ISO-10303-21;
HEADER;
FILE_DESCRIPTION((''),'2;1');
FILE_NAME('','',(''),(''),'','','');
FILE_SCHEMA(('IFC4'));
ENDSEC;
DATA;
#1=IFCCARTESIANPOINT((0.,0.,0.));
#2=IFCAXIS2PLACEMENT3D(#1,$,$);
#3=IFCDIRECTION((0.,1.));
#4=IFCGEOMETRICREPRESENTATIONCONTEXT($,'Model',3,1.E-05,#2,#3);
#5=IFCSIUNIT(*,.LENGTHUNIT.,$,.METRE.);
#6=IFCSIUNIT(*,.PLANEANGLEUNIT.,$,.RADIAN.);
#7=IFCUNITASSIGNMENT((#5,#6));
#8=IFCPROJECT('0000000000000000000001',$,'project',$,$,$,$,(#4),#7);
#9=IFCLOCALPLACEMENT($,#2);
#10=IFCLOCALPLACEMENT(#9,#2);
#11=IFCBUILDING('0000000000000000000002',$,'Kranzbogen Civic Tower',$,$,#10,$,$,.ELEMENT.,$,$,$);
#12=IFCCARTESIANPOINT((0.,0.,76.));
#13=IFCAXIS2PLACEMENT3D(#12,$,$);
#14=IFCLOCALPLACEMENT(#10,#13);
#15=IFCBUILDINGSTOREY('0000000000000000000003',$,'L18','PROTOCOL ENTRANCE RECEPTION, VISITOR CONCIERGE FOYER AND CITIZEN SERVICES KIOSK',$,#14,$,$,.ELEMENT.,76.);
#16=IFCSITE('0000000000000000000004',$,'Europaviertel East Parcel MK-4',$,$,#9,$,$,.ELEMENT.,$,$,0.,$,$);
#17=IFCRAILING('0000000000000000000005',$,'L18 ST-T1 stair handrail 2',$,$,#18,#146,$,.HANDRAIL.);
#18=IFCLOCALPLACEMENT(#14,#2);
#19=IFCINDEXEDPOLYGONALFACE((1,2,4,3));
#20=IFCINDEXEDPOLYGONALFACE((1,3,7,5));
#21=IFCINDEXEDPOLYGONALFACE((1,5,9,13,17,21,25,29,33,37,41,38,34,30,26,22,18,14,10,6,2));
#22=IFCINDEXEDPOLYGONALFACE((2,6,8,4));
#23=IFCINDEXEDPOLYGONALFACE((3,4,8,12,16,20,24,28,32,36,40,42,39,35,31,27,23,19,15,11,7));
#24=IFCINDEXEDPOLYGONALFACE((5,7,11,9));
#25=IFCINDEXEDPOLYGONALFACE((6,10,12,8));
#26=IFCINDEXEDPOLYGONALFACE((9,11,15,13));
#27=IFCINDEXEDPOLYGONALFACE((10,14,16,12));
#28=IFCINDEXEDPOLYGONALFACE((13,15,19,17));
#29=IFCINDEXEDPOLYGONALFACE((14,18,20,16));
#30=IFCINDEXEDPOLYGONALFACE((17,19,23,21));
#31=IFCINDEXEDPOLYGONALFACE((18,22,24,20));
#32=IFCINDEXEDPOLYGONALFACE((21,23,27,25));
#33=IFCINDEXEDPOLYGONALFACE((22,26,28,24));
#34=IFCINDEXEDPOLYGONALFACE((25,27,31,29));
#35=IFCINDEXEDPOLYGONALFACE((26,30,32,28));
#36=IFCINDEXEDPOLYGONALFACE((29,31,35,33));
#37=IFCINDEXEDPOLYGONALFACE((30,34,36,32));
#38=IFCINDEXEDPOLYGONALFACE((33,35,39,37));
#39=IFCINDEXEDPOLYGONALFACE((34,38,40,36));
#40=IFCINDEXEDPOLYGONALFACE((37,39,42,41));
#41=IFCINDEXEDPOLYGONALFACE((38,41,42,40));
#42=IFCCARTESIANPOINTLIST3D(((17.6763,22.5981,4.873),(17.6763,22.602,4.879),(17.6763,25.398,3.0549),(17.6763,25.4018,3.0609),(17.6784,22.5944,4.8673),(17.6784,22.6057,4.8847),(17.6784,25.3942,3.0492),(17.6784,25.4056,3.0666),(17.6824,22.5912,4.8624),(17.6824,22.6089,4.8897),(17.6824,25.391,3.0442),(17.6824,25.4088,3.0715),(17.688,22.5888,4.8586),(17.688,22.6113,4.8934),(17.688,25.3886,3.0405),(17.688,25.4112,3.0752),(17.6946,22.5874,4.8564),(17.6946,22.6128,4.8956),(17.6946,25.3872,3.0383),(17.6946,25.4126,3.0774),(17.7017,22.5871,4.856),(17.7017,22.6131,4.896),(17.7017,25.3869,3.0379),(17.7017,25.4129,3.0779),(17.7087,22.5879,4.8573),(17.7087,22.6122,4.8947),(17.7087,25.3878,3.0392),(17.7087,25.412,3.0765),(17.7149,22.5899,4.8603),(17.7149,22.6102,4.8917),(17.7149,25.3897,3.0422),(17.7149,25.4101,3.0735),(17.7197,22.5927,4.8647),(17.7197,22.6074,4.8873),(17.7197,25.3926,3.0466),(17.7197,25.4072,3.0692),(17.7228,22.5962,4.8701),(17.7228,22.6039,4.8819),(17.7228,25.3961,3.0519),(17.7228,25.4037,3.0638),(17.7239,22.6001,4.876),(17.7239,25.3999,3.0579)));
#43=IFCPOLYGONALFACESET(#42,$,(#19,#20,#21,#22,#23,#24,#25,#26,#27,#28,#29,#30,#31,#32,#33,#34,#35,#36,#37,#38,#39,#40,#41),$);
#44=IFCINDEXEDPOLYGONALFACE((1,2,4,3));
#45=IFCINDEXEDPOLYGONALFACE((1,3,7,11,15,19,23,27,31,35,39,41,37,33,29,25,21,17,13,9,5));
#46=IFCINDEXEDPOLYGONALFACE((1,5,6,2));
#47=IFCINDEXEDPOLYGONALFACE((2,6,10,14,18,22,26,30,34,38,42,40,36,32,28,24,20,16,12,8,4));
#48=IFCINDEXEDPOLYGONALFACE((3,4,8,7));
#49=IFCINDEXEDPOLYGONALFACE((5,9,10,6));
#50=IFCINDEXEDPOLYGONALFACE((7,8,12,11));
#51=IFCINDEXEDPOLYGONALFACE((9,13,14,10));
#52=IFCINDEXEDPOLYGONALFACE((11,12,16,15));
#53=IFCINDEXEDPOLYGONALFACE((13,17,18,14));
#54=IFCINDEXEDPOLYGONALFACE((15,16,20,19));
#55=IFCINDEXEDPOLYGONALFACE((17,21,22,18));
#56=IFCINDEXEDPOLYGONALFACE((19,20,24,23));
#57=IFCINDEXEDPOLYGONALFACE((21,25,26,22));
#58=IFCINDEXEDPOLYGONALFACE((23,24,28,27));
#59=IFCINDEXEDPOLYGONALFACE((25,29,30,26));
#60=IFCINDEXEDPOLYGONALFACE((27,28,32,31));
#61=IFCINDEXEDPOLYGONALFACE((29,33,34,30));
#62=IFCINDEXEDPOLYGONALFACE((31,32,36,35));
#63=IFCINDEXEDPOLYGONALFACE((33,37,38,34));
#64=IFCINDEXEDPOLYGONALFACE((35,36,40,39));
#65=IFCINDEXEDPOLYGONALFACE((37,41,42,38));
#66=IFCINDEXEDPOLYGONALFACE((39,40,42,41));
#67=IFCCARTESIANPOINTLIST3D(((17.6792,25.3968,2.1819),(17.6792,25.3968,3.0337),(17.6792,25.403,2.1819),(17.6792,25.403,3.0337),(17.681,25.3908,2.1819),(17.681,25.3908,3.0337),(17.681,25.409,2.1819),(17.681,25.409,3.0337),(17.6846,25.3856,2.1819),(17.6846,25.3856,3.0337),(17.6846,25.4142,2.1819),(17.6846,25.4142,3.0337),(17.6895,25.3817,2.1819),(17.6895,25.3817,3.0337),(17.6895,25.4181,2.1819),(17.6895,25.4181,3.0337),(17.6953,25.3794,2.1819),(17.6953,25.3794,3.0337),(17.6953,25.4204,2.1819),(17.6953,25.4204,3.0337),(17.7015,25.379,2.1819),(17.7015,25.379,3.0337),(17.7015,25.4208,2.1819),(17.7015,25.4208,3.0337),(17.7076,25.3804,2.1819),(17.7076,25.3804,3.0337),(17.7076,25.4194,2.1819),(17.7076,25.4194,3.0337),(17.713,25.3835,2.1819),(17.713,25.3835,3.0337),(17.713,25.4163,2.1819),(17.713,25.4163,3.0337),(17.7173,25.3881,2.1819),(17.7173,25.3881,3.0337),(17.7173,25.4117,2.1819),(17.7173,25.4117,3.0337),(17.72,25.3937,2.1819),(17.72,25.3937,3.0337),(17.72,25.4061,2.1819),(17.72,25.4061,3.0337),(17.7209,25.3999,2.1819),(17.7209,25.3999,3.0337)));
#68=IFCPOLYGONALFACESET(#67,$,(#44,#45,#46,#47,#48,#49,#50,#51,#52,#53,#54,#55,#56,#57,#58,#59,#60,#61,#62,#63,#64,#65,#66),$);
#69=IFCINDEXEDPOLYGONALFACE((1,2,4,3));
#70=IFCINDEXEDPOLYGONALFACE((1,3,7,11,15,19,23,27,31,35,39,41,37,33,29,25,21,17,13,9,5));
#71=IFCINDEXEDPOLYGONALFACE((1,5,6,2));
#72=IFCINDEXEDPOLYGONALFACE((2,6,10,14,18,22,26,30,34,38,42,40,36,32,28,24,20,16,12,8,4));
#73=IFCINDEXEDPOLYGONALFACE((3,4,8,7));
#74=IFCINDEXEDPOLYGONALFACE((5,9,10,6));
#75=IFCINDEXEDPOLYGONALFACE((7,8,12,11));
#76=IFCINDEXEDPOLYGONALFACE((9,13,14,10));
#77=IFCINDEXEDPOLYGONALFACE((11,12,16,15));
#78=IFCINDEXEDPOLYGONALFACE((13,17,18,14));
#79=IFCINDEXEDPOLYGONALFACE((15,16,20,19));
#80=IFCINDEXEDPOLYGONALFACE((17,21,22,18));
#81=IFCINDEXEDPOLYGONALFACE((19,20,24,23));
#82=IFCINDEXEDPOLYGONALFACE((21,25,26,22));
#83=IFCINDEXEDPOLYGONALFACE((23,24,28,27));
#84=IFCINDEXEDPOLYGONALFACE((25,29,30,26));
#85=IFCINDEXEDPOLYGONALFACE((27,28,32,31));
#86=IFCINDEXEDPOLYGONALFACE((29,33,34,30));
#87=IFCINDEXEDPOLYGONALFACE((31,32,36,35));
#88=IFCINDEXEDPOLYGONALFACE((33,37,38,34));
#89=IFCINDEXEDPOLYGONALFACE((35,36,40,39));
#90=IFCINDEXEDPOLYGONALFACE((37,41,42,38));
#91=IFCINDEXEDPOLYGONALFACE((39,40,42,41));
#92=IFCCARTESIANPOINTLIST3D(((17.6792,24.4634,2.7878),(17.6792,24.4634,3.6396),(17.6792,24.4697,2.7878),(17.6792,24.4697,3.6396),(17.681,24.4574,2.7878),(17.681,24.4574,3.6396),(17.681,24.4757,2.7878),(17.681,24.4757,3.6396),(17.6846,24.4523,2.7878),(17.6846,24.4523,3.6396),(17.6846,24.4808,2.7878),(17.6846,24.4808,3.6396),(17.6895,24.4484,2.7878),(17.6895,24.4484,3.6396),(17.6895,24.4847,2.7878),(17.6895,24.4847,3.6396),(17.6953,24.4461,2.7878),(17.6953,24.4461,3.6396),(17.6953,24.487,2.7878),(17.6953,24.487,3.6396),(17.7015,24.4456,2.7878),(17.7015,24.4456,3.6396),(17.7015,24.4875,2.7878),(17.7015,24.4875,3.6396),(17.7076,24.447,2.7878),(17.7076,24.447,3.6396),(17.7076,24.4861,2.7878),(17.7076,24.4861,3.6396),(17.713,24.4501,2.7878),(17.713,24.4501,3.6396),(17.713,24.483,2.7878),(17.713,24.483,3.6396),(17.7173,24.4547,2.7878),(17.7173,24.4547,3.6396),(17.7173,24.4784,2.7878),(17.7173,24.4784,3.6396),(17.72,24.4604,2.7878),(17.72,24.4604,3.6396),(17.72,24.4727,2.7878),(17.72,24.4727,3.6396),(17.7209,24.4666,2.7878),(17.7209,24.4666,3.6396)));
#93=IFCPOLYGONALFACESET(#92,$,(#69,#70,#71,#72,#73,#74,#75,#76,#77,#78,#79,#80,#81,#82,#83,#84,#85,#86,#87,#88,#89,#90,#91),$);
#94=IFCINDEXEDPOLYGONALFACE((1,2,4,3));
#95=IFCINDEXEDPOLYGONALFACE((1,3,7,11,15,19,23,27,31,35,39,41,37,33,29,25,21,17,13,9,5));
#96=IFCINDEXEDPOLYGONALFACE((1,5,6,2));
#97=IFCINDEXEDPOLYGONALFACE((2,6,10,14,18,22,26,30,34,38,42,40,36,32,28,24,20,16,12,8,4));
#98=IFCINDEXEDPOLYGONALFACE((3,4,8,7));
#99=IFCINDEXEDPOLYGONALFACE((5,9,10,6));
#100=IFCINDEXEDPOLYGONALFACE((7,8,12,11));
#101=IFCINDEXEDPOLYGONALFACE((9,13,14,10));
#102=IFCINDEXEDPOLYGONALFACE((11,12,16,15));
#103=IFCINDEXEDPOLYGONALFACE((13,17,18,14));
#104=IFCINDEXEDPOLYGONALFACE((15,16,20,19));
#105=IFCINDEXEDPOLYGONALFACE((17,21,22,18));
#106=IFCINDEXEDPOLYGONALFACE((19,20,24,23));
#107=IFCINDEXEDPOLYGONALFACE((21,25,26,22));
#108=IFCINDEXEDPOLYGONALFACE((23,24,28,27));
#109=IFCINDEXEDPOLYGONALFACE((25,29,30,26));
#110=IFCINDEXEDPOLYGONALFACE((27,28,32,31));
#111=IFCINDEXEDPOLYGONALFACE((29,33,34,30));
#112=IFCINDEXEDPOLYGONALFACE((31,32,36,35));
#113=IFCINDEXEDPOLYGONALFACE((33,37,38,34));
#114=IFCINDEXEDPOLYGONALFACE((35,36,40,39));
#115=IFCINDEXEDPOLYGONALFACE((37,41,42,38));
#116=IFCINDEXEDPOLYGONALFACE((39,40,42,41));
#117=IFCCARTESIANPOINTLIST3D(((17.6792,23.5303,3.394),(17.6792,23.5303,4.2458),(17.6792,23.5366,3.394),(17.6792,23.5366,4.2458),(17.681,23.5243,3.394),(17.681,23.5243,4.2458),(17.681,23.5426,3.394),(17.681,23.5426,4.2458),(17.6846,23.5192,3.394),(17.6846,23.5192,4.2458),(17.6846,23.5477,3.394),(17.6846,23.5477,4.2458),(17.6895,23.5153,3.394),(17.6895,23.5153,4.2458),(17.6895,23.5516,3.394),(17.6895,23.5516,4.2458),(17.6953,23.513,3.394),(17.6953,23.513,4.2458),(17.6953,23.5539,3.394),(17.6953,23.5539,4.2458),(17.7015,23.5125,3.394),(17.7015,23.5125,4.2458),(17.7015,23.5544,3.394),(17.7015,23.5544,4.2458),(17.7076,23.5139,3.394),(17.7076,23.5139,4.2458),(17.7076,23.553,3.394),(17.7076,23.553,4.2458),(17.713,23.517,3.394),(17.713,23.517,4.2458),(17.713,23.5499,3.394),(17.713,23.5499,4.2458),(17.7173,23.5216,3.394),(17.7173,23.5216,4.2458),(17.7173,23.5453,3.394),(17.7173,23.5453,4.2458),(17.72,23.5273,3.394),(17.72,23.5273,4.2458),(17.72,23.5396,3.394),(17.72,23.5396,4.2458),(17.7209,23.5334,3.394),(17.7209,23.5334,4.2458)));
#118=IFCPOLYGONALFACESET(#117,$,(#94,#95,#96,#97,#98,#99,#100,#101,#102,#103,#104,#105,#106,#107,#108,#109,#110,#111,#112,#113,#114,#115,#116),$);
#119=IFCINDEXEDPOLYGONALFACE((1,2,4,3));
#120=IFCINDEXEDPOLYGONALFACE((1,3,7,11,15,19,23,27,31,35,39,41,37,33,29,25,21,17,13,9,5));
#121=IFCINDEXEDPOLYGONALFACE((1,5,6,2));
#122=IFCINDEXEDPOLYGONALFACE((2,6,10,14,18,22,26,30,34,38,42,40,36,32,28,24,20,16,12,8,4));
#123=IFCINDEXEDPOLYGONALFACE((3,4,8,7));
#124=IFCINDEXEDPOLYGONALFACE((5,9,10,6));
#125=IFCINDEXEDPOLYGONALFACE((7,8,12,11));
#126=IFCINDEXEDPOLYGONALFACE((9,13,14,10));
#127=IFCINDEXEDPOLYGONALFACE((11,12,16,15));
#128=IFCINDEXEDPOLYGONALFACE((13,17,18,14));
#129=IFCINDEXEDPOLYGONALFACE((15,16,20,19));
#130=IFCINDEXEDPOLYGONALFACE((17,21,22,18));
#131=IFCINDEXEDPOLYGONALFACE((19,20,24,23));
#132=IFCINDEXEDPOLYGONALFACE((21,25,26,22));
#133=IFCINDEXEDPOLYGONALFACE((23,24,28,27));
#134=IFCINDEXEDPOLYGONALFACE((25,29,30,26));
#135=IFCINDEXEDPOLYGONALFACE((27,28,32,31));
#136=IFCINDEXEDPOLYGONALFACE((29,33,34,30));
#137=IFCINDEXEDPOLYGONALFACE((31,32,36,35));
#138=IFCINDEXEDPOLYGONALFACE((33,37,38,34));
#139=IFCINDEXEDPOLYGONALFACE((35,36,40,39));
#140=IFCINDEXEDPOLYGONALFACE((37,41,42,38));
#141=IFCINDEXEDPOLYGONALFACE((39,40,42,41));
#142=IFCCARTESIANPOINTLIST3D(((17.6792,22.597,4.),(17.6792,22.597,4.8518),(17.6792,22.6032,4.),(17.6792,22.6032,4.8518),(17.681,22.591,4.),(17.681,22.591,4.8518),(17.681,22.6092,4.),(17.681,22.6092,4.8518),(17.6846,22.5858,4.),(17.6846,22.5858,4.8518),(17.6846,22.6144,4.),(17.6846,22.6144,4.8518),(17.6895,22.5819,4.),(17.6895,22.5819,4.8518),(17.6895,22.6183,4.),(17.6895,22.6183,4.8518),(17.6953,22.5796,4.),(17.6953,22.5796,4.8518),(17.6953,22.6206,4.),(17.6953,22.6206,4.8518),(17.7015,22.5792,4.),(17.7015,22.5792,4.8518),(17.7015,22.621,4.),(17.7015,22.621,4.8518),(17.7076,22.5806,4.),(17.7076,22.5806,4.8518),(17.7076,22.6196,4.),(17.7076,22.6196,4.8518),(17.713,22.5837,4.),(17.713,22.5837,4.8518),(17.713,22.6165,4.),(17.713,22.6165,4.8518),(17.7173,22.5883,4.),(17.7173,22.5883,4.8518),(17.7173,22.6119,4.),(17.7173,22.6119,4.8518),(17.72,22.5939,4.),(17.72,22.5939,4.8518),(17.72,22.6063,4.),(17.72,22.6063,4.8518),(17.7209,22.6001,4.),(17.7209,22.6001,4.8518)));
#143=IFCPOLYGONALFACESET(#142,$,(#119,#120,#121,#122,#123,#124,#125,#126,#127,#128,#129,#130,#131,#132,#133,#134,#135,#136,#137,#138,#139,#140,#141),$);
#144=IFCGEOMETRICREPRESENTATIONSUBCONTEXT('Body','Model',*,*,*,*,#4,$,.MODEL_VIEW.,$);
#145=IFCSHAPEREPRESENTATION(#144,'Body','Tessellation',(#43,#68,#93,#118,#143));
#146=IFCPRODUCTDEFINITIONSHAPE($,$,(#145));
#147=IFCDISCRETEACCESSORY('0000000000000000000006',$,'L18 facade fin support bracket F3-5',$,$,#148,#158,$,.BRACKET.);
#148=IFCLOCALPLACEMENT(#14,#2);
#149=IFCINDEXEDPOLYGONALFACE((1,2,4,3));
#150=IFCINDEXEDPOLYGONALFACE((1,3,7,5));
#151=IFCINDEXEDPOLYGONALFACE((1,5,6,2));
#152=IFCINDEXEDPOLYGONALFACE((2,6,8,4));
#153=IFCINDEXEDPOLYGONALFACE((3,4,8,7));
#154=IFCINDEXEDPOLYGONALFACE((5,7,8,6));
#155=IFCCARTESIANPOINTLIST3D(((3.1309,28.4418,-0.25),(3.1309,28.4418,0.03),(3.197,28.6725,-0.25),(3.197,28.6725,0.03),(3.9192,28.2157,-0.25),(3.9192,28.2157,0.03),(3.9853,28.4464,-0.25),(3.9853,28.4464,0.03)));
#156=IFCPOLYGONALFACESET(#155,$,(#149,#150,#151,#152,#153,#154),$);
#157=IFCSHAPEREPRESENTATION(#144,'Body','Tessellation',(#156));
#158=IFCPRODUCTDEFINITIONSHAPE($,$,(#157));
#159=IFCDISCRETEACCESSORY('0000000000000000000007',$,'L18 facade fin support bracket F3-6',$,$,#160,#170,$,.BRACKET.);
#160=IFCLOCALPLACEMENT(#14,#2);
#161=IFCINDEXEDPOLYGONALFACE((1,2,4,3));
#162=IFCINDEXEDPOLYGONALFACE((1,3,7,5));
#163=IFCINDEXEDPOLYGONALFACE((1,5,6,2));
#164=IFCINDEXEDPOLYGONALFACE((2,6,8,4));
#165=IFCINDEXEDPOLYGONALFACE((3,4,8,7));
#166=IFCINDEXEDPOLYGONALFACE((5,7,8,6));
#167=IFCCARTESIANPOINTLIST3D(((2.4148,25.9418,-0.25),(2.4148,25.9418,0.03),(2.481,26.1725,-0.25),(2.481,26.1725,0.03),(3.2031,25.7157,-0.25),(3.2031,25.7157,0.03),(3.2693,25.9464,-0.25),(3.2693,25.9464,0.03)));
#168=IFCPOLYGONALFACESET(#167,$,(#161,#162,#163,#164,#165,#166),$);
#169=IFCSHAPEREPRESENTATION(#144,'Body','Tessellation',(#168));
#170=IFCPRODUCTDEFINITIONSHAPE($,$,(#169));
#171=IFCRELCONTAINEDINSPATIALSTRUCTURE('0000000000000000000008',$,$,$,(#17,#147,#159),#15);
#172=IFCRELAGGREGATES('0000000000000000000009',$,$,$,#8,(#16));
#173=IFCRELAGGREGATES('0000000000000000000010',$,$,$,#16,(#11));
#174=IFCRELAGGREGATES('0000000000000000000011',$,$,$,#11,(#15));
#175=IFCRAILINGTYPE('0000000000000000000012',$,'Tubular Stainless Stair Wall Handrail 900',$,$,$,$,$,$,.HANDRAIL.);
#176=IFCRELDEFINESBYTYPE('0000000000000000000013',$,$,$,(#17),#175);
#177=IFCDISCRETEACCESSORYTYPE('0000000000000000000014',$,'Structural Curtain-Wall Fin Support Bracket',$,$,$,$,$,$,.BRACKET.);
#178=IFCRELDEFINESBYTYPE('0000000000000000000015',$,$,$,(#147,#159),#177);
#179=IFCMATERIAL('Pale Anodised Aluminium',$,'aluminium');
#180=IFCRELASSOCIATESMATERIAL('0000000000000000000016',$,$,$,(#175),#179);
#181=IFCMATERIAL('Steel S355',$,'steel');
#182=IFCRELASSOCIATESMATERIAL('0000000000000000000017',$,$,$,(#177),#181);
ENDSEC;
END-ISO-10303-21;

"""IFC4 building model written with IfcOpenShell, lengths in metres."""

from ifc_helpers import new_model, si_unit, direction, frame, origin, origin_2d, place, context, subcontext, project, spatial, rectangle, circle, extrude, material, type_object, element, save


model = new_model("IFC4")

# Units and contexts
model_context = context("Model", 3, precision=1e-05, world=origin(), true_north=direction((0.0, 1.0)))
body_context = subcontext(model_context, "Body", "Model", "MODEL_VIEW")
ifc_project = project(units=[si_unit("LENGTHUNIT", "METRE"), si_unit("PLANEANGLEUNIT", "RADIAN")], contexts=[model_context])

# Site, building, storey
site_placement = place(None, origin())
site = spatial("IfcSite", under=ifc_project, at=site_placement, Name="Europaviertel East Parcel MK-4", CompositionType="ELEMENT", RefElevation=0.0)
building_placement = place(site_placement, origin())
building = spatial("IfcBuilding", under=site, at=building_placement, Name="Kranzbogen Civic Tower", CompositionType="ELEMENT")
storey_placement = place(building_placement, frame((0.0, 0.0, 76.0)))
storey = spatial("IfcBuildingStorey", under=building, at=storey_placement, Name="L18", Description="PROTOCOL ENTRANCE RECEPTION, VISITOR CONCIERGE FOYER AND CITIZEN SERVICES KIOSK", CompositionType="ELEMENT", Elevation=76.0)

# Shared definitions
ifc_material_1 = material(Name="Steel S355", Category="steel")

# Shared definitions
ifc_material_2 = material(Name="Pale Anodised Aluminium", Category="aluminium")

# Railing
railing_type_1 = type_object("IfcRailingType", Name="Tubular Stainless Stair Wall Handrail 900", PredefinedType="HANDRAIL", material=ifc_material_2)
railing_1_placement = place(storey_placement, frame((17.7, 25.3999, 2.1819)))
element("IfcRailing", 1, at=railing_1_placement, inside=storey, type_object=railing_type_1, Name="L18 ST-T1 stair handrail 2", PredefinedType="HANDRAIL", context=body_context, shape_type="SweptSolid", body=[
    extrude(circle(Radius=0.0239, at=origin_2d()), frame((0.0, 0.0, 0.876), z_axis=(0.0, -0.838684, 0.544618), x_axis=(1.0, 0.0, 0.0)), (0.0, 0.0, 1.0), 3.3384),
    extrude(circle(Radius=0.021, at=origin_2d()), origin(), (0.0, 0.0, 1.0), 0.8518),
    extrude(circle(Radius=0.021, at=origin_2d()), frame((0.0, -0.9333, 0.606)), (0.0, 0.0, 1.0), 0.8518),
    extrude(circle(Radius=0.021, at=origin_2d()), frame((0.0, -1.8665, 1.2122)), (0.0, 0.0, 1.0), 0.8518),
    extrude(circle(Radius=0.021, at=origin_2d()), frame((0.0, -2.7998, 1.8181)), (0.0, 0.0, 1.0), 0.8518),
])

# Discrete accessories
discrete_accessory_type = type_object("IfcDiscreteAccessoryType", Name="Structural Curtain-Wall Fin Support Bracket", PredefinedType="BRACKET", material=ifc_material_1)
for number, where, z_axis, x_axis, name in (
    (2, (3.5581, 28.4441, -0.25), (0.0, 0.0, 1.0), (-0.961262, 0.275637, 0.0), "L18 facade fin support bracket F3-5"),
    (3, (2.842, 25.9441, -0.25), (0.0, 0.0, 1.0), (-0.961262, 0.275637, 0.0), "L18 facade fin support bracket F3-6"),
):
    element("IfcDiscreteAccessory", number, at=place(storey_placement, frame(where, z_axis=z_axis, x_axis=x_axis)), inside=storey, type_object=discrete_accessory_type, Name=name, PredefinedType="BRACKET", context=body_context, shape_type="SweptSolid", body=[
        extrude(rectangle(XDim=0.8201, YDim=0.24, at=origin_2d()), origin(), (0.0, 0.0, 1.0), 0.28),
    ])

save(model, "model.ifc")
